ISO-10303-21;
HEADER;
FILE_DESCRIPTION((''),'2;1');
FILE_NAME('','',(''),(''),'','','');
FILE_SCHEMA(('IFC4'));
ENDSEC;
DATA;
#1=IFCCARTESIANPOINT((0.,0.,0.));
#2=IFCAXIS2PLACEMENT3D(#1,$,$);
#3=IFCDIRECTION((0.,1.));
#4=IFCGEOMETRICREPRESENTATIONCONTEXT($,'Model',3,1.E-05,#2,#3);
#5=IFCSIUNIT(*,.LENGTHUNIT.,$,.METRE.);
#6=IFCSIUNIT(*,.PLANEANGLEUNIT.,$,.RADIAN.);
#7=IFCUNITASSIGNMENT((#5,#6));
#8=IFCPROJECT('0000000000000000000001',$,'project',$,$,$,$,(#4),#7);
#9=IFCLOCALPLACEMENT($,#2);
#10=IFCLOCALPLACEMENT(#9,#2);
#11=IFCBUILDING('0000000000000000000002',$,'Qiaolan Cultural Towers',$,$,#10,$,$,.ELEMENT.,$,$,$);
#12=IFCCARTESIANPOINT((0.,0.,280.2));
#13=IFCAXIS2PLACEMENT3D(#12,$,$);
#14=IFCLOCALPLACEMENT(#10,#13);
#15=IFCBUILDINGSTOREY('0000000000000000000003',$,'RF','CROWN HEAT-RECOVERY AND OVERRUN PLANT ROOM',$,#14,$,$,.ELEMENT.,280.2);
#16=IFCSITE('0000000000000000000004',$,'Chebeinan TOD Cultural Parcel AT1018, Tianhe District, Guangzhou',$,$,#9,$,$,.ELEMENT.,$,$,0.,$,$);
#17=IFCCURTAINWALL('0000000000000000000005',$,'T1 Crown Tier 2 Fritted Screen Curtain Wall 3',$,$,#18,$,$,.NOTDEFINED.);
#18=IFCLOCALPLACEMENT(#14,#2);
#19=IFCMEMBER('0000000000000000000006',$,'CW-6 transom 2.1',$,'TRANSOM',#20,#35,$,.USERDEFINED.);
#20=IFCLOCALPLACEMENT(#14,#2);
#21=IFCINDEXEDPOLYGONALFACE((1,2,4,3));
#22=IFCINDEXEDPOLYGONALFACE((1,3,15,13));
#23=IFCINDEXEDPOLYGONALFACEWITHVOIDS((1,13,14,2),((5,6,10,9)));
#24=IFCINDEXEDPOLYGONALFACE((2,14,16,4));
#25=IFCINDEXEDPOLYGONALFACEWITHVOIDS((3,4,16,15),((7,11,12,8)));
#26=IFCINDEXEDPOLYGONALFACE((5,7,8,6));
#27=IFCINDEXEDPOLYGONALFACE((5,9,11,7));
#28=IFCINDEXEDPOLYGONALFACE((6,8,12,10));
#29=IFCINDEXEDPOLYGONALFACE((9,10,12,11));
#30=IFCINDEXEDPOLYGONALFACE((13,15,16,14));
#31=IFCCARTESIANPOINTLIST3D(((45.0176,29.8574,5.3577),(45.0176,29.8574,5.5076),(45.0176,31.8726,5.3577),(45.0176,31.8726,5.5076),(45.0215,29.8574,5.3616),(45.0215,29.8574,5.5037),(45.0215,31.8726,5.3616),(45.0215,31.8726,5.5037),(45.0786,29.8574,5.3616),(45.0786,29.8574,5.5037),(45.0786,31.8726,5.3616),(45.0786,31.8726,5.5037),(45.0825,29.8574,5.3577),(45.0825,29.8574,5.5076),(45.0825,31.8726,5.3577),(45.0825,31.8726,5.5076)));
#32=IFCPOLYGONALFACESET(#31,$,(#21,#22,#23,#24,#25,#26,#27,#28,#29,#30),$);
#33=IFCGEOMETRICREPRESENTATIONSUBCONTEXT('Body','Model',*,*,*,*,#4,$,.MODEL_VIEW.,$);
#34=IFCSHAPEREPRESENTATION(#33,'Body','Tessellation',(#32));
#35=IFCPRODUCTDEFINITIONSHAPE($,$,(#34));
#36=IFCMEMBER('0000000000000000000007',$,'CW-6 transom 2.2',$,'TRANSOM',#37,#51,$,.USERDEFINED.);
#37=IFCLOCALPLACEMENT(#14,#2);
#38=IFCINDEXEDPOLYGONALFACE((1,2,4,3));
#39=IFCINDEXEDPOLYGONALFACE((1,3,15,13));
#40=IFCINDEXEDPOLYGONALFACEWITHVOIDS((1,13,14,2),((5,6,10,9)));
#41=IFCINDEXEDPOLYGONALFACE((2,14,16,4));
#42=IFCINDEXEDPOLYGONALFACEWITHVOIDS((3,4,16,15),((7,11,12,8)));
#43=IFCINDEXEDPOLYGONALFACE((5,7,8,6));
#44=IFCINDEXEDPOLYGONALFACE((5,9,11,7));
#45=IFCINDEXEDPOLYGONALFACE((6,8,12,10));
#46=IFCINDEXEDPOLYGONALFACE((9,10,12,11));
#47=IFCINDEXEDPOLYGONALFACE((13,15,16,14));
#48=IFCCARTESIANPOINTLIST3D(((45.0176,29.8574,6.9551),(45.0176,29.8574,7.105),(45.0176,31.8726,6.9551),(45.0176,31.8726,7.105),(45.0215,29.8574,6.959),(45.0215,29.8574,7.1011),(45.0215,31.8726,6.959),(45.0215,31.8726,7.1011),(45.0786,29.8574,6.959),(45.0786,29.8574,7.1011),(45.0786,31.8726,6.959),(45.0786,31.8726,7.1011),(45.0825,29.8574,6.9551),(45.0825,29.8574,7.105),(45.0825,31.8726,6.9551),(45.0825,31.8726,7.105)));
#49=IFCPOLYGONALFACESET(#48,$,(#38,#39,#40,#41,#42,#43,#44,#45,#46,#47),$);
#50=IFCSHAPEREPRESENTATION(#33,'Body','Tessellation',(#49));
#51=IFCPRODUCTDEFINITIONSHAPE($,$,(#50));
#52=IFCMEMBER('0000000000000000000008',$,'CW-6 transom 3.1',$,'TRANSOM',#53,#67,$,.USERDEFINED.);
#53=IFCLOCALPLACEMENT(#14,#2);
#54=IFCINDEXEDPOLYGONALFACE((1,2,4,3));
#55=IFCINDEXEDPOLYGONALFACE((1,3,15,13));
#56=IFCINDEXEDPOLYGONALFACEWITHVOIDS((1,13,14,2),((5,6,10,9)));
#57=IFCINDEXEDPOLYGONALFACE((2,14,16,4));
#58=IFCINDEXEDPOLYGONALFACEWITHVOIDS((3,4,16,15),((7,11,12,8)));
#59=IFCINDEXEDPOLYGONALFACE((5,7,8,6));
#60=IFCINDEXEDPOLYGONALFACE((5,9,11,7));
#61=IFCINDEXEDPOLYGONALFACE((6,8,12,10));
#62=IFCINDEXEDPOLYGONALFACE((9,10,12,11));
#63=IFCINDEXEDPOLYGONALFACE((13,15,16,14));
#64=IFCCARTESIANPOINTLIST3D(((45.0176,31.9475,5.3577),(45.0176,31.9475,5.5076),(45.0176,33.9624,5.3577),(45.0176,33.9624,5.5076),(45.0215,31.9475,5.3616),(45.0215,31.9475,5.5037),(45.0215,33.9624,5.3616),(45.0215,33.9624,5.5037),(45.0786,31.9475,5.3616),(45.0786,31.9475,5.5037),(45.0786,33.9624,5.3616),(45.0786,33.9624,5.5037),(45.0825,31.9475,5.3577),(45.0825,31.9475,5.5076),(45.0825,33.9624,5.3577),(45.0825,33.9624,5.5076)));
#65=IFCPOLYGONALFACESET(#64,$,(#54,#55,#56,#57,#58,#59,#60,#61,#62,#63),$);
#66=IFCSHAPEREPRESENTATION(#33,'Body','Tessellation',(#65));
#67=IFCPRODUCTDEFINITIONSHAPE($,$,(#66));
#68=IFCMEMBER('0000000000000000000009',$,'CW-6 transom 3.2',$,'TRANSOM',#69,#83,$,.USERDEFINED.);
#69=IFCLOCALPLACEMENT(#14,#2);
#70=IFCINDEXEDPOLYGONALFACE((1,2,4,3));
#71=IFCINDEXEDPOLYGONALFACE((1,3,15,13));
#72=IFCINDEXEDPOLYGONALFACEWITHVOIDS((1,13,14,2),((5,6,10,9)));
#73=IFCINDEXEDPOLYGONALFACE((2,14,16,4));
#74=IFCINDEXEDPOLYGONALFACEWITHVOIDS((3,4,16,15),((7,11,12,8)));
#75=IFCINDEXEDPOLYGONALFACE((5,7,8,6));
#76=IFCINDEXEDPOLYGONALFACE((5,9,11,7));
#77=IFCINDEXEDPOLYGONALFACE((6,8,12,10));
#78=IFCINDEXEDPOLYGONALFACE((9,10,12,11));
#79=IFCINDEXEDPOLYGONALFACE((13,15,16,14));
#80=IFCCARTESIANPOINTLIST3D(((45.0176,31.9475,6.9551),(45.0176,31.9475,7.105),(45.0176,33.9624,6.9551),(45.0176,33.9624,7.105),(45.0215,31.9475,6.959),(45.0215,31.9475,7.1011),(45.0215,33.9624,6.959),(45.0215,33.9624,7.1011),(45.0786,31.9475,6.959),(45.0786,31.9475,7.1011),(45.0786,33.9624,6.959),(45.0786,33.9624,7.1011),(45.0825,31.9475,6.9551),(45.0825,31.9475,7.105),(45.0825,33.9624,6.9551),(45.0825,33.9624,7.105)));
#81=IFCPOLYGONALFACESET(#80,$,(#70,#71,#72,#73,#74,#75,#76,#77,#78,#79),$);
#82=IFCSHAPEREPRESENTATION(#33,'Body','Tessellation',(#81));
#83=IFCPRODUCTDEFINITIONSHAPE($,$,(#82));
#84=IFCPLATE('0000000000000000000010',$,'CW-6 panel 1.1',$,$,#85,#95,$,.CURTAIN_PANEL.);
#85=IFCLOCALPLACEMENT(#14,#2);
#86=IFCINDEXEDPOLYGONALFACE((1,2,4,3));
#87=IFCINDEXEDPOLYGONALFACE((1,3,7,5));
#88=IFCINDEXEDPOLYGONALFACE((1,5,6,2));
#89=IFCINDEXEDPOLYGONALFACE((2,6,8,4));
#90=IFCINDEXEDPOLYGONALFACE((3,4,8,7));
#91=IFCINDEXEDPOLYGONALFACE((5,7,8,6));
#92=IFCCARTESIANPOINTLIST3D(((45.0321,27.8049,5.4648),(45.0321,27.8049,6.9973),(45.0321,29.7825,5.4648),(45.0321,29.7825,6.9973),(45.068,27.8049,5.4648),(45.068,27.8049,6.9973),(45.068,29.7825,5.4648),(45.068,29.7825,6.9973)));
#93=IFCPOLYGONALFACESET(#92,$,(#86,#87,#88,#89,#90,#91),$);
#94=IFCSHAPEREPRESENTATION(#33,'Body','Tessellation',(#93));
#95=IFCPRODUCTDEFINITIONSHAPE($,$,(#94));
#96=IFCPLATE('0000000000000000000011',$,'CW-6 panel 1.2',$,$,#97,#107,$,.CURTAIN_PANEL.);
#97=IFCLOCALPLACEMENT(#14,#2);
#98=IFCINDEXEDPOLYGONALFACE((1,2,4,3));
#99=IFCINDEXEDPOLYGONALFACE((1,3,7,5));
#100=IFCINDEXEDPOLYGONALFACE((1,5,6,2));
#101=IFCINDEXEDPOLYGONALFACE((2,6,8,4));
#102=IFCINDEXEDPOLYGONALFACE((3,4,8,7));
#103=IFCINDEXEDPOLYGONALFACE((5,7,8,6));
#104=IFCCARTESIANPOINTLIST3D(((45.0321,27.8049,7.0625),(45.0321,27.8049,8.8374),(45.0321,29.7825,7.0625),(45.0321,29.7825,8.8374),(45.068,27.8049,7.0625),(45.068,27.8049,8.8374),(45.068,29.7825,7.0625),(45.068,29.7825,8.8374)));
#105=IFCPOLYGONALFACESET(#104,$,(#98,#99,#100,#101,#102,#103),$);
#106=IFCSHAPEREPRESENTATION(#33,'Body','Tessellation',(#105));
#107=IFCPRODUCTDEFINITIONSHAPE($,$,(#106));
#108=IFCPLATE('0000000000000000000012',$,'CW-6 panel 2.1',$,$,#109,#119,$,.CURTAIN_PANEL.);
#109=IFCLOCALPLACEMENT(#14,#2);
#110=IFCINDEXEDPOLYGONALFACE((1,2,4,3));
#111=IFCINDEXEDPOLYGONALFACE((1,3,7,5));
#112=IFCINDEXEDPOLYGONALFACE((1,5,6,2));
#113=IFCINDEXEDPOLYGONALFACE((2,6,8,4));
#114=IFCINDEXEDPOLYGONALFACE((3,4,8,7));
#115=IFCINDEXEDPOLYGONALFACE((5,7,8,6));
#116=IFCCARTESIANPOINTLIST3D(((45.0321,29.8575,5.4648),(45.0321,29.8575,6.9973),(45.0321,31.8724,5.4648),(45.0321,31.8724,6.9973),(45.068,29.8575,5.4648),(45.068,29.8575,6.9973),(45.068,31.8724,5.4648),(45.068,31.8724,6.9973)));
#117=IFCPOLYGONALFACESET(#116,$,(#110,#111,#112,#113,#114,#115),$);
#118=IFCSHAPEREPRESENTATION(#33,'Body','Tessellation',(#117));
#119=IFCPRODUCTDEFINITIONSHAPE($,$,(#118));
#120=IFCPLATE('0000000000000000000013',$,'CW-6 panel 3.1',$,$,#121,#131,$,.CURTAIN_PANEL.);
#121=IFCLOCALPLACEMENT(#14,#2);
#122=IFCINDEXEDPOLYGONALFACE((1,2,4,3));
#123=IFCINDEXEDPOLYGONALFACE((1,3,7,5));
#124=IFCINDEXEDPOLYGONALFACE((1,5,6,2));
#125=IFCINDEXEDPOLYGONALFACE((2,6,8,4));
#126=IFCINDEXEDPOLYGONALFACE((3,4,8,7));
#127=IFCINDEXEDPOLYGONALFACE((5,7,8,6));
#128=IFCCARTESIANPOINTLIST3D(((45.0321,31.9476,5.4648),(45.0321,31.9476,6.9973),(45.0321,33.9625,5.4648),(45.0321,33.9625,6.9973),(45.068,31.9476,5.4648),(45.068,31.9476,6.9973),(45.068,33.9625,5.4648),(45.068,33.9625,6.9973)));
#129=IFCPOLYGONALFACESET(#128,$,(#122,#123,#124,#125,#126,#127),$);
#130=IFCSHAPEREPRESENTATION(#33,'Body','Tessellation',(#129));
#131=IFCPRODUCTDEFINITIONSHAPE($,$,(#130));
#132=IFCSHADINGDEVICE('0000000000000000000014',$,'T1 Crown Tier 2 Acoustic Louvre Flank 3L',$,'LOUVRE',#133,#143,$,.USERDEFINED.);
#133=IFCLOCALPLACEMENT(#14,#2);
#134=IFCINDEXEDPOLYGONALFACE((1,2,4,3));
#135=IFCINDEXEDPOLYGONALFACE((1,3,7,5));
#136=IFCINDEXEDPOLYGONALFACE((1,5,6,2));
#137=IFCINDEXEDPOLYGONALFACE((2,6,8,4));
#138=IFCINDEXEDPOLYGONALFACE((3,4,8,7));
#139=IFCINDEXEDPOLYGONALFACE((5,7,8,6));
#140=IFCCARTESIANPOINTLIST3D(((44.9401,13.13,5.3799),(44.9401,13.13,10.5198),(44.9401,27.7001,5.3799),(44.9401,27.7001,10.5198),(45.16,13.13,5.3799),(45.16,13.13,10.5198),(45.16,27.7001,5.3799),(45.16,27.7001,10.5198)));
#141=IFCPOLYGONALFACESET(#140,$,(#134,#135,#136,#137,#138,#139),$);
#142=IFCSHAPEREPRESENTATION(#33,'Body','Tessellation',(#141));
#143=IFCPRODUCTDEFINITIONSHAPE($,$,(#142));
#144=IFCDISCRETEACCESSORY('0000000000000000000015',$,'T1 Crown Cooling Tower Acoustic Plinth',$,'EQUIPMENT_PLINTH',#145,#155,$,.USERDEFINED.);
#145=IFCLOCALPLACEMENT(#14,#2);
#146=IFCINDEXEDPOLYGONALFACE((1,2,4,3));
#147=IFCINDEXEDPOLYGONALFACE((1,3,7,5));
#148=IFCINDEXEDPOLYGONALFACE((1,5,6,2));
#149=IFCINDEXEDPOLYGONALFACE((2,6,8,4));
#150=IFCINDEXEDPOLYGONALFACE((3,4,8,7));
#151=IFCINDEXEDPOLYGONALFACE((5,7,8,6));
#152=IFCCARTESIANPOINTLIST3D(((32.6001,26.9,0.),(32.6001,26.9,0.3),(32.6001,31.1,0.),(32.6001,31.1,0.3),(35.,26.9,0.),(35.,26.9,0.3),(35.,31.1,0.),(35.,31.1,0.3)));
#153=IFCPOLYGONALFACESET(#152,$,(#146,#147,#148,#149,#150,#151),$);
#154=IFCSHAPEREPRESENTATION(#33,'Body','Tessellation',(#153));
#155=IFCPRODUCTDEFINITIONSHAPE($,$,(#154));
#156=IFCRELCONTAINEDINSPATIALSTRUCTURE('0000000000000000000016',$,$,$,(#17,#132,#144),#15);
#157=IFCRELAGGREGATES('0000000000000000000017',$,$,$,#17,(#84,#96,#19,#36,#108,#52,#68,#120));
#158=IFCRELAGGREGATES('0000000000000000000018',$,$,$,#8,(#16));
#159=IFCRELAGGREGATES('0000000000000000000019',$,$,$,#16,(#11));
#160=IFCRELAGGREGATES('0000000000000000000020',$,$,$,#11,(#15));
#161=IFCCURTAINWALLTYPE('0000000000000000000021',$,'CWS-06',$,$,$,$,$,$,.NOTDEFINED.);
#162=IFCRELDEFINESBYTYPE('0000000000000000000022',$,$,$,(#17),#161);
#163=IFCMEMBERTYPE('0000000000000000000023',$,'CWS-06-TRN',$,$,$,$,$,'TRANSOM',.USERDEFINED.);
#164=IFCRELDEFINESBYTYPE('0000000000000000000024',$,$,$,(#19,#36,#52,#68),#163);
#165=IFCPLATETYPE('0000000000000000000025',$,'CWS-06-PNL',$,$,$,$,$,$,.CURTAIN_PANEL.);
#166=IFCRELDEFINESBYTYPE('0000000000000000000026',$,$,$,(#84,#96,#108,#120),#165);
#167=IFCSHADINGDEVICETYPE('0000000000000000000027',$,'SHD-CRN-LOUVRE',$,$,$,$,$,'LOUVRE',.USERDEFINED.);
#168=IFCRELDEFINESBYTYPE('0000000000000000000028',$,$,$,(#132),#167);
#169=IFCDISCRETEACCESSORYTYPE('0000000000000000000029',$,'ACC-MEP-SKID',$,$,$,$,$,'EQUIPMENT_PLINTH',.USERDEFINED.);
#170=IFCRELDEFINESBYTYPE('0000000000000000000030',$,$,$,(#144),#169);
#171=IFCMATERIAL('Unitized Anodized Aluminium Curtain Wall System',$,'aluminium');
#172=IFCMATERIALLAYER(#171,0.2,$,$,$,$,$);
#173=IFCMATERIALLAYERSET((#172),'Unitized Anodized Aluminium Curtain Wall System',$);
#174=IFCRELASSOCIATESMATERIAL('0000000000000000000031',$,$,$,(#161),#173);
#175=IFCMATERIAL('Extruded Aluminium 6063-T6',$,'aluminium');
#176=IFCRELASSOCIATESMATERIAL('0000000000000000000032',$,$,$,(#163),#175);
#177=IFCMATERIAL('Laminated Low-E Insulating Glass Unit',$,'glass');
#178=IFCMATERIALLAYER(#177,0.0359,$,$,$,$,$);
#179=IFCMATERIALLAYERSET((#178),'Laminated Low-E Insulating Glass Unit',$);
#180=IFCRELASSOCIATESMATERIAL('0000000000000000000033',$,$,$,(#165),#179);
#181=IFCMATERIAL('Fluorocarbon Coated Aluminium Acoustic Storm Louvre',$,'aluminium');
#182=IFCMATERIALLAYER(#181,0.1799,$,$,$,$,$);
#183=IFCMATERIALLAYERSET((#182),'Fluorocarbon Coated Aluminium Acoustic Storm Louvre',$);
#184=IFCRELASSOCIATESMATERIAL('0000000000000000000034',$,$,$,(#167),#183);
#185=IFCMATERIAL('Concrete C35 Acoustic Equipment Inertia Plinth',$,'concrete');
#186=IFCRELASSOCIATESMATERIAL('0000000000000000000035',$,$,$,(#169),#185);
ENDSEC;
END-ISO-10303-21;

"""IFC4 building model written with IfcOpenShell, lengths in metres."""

from ifc_helpers import new_model, si_unit, direction, frame, origin, origin_2d, place, context, subcontext, project, spatial, rectangle, hollow_rectangle, extrude, material, layer, layer_set, material_profile, profile_set, type_object, element, aggregate, save


model = new_model("IFC4")

# Units and contexts
model_context = context("Model", 3, precision=1e-05, world=origin(), true_north=direction((0.0, 1.0)))
body_context = subcontext(model_context, "Body", "Model", "MODEL_VIEW")
ifc_project = project(units=[si_unit("LENGTHUNIT", "METRE"), si_unit("PLANEANGLEUNIT", "RADIAN")], contexts=[model_context])

# Site, building, storey
site_placement = place(None, origin())
site = spatial("IfcSite", under=ifc_project, at=site_placement, Name="Chebeinan TOD Cultural Parcel AT1018, Tianhe District, Guangzhou", CompositionType="ELEMENT", RefElevation=0.0)
building_placement = place(site_placement, origin())
building = spatial("IfcBuilding", under=site, at=building_placement, Name="Qiaolan Cultural Towers", CompositionType="ELEMENT")
storey_placement = place(building_placement, frame((0.0, 0.0, 280.2)))
storey = spatial("IfcBuildingStorey", under=building, at=storey_placement, Name="RF", Description="CROWN HEAT-RECOVERY AND OVERRUN PLANT ROOM", CompositionType="ELEMENT", Elevation=280.2)

# Curtain wall, members, plates
ifc_material_1 = material(Name="Unitized Anodized Aluminium Curtain Wall System", Category="aluminium")
ifc_layer_1 = layer(ifc_material_1, 0.2)
ifc_layer_set_1 = layer_set([ifc_layer_1], Name="Unitized Anodized Aluminium Curtain Wall System")
curtain_wall_type = type_object("IfcCurtainWallType", Name="CWS-06", PredefinedType="NOTDEFINED", material=ifc_layer_set_1)
curtain_wall_placement = place(storey_placement, origin())
curtain_wall = element("IfcCurtainWall", 1, at=curtain_wall_placement, inside=storey, type_object=curtain_wall_type, Name="T1 Crown Tier 2 Fritted Screen Curtain Wall 3", PredefinedType="NOTDEFINED")
ifc_material_2 = material(Name="Extruded Aluminium 6063-T6", Category="aluminium")
ifc_material_profile_1 = material_profile(ifc_material_2, hollow_rectangle(XDim=0.0649, YDim=0.1499, WallThickness=0.0039, at=origin_2d()), Name="CWT-150x65x4")
ifc_profile_set_1 = profile_set([ifc_material_profile_1], Name="Extruded Aluminium 6063-T6")
member_type_1 = type_object("IfcMemberType", Name="CWS-06-TRN", ElementType="TRANSOM", PredefinedType="USERDEFINED", material=ifc_profile_set_1)
member_1_placement = place(storey_placement, frame((45.05, 29.8574, 5.4326), z_axis=(0.0, 1.0, 0.0), x_axis=(-1.0, 0.0, 0.0)))
member_1 = element("IfcMember", 2, at=member_1_placement, type_object=member_type_1, Name="CW-6 transom 2.1", ObjectType="TRANSOM", PredefinedType="USERDEFINED", context=body_context, shape_type="SweptSolid", body=[
    extrude(hollow_rectangle(XDim=0.0649, YDim=0.1499, WallThickness=0.0039, at=origin_2d()), origin(), (0.0, 0.0, 1.0), 2.0151),
])
member_2_placement = place(storey_placement, frame((45.05, 29.8574, 7.03), z_axis=(0.0, 1.0, 0.0), x_axis=(-1.0, 0.0, 0.0)))
member_2 = element("IfcMember", 3, at=member_2_placement, type_object=member_type_1, Name="CW-6 transom 2.2", ObjectType="TRANSOM", PredefinedType="USERDEFINED", context=body_context, shape_type="SweptSolid", body=[
    extrude(hollow_rectangle(XDim=0.0649, YDim=0.1499, WallThickness=0.0039, at=origin_2d()), origin(), (0.0, 0.0, 1.0), 2.0151),
])
member_3_placement = place(storey_placement, frame((45.05, 31.9475, 5.4326), z_axis=(0.0, 1.0, 0.0), x_axis=(-1.0, 0.0, 0.0)))
member_3 = element("IfcMember", 4, at=member_3_placement, type_object=member_type_1, Name="CW-6 transom 3.1", ObjectType="TRANSOM", PredefinedType="USERDEFINED", context=body_context, shape_type="SweptSolid", body=[
    extrude(hollow_rectangle(XDim=0.0649, YDim=0.1499, WallThickness=0.0039, at=origin_2d()), origin(), (0.0, 0.0, 1.0), 2.0149),
])
member_4_placement = place(storey_placement, frame((45.05, 31.9475, 7.03), z_axis=(0.0, 1.0, 0.0), x_axis=(-1.0, 0.0, 0.0)))
member_4 = element("IfcMember", 5, at=member_4_placement, type_object=member_type_1, Name="CW-6 transom 3.2", ObjectType="TRANSOM", PredefinedType="USERDEFINED", context=body_context, shape_type="SweptSolid", body=[
    extrude(hollow_rectangle(XDim=0.0649, YDim=0.1499, WallThickness=0.0039, at=origin_2d()), origin(), (0.0, 0.0, 1.0), 2.0149),
])
ifc_material_3 = material(Name="Laminated Low-E Insulating Glass Unit", Category="glass")
ifc_layer_2 = layer(ifc_material_3, 0.0359)
ifc_layer_set_2 = layer_set([ifc_layer_2], Name="Laminated Low-E Insulating Glass Unit")
plate_type = type_object("IfcPlateType", Name="CWS-06-PNL", PredefinedType="CURTAIN_PANEL", material=ifc_layer_set_2)
plate_1_placement = place(storey_placement, frame((45.05, 28.7937, 5.4648), z_axis=(0.0, 0.0, 1.0), x_axis=(0.0, 1.0, 0.0)))
plate_1 = element("IfcPlate", 6, at=plate_1_placement, type_object=plate_type, Name="CW-6 panel 1.1", PredefinedType="CURTAIN_PANEL", context=body_context, shape_type="SweptSolid", body=[
    extrude(rectangle(XDim=1.9775, YDim=0.0359, at=origin_2d()), origin(), (0.0, 0.0, 1.0), 1.5325),
])
plate_2_placement = place(storey_placement, frame((45.05, 28.7937, 7.0625), z_axis=(0.0, 0.0, 1.0), x_axis=(0.0, 1.0, 0.0)))
plate_2 = element("IfcPlate", 7, at=plate_2_placement, type_object=plate_type, Name="CW-6 panel 1.2", PredefinedType="CURTAIN_PANEL", context=body_context, shape_type="SweptSolid", body=[
    extrude(rectangle(XDim=1.9775, YDim=0.0359, at=origin_2d()), origin(), (0.0, 0.0, 1.0), 1.7749),
])
plate_3_placement = place(storey_placement, frame((45.05, 30.865, 5.4648), z_axis=(0.0, 0.0, 1.0), x_axis=(0.0, 1.0, 0.0)))
plate_3 = element("IfcPlate", 8, at=plate_3_placement, type_object=plate_type, Name="CW-6 panel 2.1", PredefinedType="CURTAIN_PANEL", context=body_context, shape_type="SweptSolid", body=[
    extrude(rectangle(XDim=2.0149, YDim=0.0359, at=origin_2d()), origin(), (0.0, 0.0, 1.0), 1.5325),
])
plate_4_placement = place(storey_placement, frame((45.05, 32.9551, 5.4648), z_axis=(0.0, 0.0, 1.0), x_axis=(0.0, 1.0, 0.0)))
plate_4 = element("IfcPlate", 9, at=plate_4_placement, type_object=plate_type, Name="CW-6 panel 3.1", PredefinedType="CURTAIN_PANEL", context=body_context, shape_type="SweptSolid", body=[
    extrude(rectangle(XDim=2.0149, YDim=0.0359, at=origin_2d()), origin(), (0.0, 0.0, 1.0), 1.5325),
])
aggregate(curtain_wall, [plate_1, plate_2, member_1, member_2, plate_3, member_3, member_4, plate_4])

# Shading device
ifc_material_4 = material(Name="Fluorocarbon Coated Aluminium Acoustic Storm Louvre", Category="aluminium")
ifc_layer_3 = layer(ifc_material_4, 0.1799)
ifc_layer_set_3 = layer_set([ifc_layer_3], Name="Fluorocarbon Coated Aluminium Acoustic Storm Louvre")
shading_device_type = type_object("IfcShadingDeviceType", Name="SHD-CRN-LOUVRE", ElementType="LOUVRE", PredefinedType="USERDEFINED", material=ifc_layer_set_3)
shading_device_placement = place(storey_placement, frame((45.05, 20.415, 5.3799), z_axis=(0.0, 0.0, 1.0), x_axis=(0.0, 1.0, 0.0)))
element("IfcShadingDevice", 10, at=shading_device_placement, inside=storey, type_object=shading_device_type, Name="T1 Crown Tier 2 Acoustic Louvre Flank 3L", ObjectType="LOUVRE", PredefinedType="USERDEFINED", context=body_context, shape_type="SweptSolid", body=[
    extrude(rectangle(XDim=14.5701, YDim=0.22, at=origin_2d()), origin(), (0.0, 0.0, 1.0), 5.1399),
])

# Discrete accessory
ifc_material_5 = material(Name="Concrete C35 Acoustic Equipment Inertia Plinth", Category="concrete")
discrete_accessory_type = type_object("IfcDiscreteAccessoryType", Name="ACC-MEP-SKID", ElementType="EQUIPMENT_PLINTH", PredefinedType="USERDEFINED", material=ifc_material_5)
discrete_accessory_placement = place(storey_placement, frame((33.8, 29.0, 0.0), z_axis=(0.0, 0.0, 1.0), x_axis=(1.0, 0.0, 0.0)))
element("IfcDiscreteAccessory", 11, at=discrete_accessory_placement, inside=storey, type_object=discrete_accessory_type, Name="T1 Crown Cooling Tower Acoustic Plinth", ObjectType="EQUIPMENT_PLINTH", PredefinedType="USERDEFINED", context=body_context, shape_type="SweptSolid", body=[
    extrude(rectangle(XDim=2.3999, YDim=4.2, at=origin_2d()), origin(), (0.0, 0.0, 1.0), 0.3),
])

save(model, "model.ifc")
